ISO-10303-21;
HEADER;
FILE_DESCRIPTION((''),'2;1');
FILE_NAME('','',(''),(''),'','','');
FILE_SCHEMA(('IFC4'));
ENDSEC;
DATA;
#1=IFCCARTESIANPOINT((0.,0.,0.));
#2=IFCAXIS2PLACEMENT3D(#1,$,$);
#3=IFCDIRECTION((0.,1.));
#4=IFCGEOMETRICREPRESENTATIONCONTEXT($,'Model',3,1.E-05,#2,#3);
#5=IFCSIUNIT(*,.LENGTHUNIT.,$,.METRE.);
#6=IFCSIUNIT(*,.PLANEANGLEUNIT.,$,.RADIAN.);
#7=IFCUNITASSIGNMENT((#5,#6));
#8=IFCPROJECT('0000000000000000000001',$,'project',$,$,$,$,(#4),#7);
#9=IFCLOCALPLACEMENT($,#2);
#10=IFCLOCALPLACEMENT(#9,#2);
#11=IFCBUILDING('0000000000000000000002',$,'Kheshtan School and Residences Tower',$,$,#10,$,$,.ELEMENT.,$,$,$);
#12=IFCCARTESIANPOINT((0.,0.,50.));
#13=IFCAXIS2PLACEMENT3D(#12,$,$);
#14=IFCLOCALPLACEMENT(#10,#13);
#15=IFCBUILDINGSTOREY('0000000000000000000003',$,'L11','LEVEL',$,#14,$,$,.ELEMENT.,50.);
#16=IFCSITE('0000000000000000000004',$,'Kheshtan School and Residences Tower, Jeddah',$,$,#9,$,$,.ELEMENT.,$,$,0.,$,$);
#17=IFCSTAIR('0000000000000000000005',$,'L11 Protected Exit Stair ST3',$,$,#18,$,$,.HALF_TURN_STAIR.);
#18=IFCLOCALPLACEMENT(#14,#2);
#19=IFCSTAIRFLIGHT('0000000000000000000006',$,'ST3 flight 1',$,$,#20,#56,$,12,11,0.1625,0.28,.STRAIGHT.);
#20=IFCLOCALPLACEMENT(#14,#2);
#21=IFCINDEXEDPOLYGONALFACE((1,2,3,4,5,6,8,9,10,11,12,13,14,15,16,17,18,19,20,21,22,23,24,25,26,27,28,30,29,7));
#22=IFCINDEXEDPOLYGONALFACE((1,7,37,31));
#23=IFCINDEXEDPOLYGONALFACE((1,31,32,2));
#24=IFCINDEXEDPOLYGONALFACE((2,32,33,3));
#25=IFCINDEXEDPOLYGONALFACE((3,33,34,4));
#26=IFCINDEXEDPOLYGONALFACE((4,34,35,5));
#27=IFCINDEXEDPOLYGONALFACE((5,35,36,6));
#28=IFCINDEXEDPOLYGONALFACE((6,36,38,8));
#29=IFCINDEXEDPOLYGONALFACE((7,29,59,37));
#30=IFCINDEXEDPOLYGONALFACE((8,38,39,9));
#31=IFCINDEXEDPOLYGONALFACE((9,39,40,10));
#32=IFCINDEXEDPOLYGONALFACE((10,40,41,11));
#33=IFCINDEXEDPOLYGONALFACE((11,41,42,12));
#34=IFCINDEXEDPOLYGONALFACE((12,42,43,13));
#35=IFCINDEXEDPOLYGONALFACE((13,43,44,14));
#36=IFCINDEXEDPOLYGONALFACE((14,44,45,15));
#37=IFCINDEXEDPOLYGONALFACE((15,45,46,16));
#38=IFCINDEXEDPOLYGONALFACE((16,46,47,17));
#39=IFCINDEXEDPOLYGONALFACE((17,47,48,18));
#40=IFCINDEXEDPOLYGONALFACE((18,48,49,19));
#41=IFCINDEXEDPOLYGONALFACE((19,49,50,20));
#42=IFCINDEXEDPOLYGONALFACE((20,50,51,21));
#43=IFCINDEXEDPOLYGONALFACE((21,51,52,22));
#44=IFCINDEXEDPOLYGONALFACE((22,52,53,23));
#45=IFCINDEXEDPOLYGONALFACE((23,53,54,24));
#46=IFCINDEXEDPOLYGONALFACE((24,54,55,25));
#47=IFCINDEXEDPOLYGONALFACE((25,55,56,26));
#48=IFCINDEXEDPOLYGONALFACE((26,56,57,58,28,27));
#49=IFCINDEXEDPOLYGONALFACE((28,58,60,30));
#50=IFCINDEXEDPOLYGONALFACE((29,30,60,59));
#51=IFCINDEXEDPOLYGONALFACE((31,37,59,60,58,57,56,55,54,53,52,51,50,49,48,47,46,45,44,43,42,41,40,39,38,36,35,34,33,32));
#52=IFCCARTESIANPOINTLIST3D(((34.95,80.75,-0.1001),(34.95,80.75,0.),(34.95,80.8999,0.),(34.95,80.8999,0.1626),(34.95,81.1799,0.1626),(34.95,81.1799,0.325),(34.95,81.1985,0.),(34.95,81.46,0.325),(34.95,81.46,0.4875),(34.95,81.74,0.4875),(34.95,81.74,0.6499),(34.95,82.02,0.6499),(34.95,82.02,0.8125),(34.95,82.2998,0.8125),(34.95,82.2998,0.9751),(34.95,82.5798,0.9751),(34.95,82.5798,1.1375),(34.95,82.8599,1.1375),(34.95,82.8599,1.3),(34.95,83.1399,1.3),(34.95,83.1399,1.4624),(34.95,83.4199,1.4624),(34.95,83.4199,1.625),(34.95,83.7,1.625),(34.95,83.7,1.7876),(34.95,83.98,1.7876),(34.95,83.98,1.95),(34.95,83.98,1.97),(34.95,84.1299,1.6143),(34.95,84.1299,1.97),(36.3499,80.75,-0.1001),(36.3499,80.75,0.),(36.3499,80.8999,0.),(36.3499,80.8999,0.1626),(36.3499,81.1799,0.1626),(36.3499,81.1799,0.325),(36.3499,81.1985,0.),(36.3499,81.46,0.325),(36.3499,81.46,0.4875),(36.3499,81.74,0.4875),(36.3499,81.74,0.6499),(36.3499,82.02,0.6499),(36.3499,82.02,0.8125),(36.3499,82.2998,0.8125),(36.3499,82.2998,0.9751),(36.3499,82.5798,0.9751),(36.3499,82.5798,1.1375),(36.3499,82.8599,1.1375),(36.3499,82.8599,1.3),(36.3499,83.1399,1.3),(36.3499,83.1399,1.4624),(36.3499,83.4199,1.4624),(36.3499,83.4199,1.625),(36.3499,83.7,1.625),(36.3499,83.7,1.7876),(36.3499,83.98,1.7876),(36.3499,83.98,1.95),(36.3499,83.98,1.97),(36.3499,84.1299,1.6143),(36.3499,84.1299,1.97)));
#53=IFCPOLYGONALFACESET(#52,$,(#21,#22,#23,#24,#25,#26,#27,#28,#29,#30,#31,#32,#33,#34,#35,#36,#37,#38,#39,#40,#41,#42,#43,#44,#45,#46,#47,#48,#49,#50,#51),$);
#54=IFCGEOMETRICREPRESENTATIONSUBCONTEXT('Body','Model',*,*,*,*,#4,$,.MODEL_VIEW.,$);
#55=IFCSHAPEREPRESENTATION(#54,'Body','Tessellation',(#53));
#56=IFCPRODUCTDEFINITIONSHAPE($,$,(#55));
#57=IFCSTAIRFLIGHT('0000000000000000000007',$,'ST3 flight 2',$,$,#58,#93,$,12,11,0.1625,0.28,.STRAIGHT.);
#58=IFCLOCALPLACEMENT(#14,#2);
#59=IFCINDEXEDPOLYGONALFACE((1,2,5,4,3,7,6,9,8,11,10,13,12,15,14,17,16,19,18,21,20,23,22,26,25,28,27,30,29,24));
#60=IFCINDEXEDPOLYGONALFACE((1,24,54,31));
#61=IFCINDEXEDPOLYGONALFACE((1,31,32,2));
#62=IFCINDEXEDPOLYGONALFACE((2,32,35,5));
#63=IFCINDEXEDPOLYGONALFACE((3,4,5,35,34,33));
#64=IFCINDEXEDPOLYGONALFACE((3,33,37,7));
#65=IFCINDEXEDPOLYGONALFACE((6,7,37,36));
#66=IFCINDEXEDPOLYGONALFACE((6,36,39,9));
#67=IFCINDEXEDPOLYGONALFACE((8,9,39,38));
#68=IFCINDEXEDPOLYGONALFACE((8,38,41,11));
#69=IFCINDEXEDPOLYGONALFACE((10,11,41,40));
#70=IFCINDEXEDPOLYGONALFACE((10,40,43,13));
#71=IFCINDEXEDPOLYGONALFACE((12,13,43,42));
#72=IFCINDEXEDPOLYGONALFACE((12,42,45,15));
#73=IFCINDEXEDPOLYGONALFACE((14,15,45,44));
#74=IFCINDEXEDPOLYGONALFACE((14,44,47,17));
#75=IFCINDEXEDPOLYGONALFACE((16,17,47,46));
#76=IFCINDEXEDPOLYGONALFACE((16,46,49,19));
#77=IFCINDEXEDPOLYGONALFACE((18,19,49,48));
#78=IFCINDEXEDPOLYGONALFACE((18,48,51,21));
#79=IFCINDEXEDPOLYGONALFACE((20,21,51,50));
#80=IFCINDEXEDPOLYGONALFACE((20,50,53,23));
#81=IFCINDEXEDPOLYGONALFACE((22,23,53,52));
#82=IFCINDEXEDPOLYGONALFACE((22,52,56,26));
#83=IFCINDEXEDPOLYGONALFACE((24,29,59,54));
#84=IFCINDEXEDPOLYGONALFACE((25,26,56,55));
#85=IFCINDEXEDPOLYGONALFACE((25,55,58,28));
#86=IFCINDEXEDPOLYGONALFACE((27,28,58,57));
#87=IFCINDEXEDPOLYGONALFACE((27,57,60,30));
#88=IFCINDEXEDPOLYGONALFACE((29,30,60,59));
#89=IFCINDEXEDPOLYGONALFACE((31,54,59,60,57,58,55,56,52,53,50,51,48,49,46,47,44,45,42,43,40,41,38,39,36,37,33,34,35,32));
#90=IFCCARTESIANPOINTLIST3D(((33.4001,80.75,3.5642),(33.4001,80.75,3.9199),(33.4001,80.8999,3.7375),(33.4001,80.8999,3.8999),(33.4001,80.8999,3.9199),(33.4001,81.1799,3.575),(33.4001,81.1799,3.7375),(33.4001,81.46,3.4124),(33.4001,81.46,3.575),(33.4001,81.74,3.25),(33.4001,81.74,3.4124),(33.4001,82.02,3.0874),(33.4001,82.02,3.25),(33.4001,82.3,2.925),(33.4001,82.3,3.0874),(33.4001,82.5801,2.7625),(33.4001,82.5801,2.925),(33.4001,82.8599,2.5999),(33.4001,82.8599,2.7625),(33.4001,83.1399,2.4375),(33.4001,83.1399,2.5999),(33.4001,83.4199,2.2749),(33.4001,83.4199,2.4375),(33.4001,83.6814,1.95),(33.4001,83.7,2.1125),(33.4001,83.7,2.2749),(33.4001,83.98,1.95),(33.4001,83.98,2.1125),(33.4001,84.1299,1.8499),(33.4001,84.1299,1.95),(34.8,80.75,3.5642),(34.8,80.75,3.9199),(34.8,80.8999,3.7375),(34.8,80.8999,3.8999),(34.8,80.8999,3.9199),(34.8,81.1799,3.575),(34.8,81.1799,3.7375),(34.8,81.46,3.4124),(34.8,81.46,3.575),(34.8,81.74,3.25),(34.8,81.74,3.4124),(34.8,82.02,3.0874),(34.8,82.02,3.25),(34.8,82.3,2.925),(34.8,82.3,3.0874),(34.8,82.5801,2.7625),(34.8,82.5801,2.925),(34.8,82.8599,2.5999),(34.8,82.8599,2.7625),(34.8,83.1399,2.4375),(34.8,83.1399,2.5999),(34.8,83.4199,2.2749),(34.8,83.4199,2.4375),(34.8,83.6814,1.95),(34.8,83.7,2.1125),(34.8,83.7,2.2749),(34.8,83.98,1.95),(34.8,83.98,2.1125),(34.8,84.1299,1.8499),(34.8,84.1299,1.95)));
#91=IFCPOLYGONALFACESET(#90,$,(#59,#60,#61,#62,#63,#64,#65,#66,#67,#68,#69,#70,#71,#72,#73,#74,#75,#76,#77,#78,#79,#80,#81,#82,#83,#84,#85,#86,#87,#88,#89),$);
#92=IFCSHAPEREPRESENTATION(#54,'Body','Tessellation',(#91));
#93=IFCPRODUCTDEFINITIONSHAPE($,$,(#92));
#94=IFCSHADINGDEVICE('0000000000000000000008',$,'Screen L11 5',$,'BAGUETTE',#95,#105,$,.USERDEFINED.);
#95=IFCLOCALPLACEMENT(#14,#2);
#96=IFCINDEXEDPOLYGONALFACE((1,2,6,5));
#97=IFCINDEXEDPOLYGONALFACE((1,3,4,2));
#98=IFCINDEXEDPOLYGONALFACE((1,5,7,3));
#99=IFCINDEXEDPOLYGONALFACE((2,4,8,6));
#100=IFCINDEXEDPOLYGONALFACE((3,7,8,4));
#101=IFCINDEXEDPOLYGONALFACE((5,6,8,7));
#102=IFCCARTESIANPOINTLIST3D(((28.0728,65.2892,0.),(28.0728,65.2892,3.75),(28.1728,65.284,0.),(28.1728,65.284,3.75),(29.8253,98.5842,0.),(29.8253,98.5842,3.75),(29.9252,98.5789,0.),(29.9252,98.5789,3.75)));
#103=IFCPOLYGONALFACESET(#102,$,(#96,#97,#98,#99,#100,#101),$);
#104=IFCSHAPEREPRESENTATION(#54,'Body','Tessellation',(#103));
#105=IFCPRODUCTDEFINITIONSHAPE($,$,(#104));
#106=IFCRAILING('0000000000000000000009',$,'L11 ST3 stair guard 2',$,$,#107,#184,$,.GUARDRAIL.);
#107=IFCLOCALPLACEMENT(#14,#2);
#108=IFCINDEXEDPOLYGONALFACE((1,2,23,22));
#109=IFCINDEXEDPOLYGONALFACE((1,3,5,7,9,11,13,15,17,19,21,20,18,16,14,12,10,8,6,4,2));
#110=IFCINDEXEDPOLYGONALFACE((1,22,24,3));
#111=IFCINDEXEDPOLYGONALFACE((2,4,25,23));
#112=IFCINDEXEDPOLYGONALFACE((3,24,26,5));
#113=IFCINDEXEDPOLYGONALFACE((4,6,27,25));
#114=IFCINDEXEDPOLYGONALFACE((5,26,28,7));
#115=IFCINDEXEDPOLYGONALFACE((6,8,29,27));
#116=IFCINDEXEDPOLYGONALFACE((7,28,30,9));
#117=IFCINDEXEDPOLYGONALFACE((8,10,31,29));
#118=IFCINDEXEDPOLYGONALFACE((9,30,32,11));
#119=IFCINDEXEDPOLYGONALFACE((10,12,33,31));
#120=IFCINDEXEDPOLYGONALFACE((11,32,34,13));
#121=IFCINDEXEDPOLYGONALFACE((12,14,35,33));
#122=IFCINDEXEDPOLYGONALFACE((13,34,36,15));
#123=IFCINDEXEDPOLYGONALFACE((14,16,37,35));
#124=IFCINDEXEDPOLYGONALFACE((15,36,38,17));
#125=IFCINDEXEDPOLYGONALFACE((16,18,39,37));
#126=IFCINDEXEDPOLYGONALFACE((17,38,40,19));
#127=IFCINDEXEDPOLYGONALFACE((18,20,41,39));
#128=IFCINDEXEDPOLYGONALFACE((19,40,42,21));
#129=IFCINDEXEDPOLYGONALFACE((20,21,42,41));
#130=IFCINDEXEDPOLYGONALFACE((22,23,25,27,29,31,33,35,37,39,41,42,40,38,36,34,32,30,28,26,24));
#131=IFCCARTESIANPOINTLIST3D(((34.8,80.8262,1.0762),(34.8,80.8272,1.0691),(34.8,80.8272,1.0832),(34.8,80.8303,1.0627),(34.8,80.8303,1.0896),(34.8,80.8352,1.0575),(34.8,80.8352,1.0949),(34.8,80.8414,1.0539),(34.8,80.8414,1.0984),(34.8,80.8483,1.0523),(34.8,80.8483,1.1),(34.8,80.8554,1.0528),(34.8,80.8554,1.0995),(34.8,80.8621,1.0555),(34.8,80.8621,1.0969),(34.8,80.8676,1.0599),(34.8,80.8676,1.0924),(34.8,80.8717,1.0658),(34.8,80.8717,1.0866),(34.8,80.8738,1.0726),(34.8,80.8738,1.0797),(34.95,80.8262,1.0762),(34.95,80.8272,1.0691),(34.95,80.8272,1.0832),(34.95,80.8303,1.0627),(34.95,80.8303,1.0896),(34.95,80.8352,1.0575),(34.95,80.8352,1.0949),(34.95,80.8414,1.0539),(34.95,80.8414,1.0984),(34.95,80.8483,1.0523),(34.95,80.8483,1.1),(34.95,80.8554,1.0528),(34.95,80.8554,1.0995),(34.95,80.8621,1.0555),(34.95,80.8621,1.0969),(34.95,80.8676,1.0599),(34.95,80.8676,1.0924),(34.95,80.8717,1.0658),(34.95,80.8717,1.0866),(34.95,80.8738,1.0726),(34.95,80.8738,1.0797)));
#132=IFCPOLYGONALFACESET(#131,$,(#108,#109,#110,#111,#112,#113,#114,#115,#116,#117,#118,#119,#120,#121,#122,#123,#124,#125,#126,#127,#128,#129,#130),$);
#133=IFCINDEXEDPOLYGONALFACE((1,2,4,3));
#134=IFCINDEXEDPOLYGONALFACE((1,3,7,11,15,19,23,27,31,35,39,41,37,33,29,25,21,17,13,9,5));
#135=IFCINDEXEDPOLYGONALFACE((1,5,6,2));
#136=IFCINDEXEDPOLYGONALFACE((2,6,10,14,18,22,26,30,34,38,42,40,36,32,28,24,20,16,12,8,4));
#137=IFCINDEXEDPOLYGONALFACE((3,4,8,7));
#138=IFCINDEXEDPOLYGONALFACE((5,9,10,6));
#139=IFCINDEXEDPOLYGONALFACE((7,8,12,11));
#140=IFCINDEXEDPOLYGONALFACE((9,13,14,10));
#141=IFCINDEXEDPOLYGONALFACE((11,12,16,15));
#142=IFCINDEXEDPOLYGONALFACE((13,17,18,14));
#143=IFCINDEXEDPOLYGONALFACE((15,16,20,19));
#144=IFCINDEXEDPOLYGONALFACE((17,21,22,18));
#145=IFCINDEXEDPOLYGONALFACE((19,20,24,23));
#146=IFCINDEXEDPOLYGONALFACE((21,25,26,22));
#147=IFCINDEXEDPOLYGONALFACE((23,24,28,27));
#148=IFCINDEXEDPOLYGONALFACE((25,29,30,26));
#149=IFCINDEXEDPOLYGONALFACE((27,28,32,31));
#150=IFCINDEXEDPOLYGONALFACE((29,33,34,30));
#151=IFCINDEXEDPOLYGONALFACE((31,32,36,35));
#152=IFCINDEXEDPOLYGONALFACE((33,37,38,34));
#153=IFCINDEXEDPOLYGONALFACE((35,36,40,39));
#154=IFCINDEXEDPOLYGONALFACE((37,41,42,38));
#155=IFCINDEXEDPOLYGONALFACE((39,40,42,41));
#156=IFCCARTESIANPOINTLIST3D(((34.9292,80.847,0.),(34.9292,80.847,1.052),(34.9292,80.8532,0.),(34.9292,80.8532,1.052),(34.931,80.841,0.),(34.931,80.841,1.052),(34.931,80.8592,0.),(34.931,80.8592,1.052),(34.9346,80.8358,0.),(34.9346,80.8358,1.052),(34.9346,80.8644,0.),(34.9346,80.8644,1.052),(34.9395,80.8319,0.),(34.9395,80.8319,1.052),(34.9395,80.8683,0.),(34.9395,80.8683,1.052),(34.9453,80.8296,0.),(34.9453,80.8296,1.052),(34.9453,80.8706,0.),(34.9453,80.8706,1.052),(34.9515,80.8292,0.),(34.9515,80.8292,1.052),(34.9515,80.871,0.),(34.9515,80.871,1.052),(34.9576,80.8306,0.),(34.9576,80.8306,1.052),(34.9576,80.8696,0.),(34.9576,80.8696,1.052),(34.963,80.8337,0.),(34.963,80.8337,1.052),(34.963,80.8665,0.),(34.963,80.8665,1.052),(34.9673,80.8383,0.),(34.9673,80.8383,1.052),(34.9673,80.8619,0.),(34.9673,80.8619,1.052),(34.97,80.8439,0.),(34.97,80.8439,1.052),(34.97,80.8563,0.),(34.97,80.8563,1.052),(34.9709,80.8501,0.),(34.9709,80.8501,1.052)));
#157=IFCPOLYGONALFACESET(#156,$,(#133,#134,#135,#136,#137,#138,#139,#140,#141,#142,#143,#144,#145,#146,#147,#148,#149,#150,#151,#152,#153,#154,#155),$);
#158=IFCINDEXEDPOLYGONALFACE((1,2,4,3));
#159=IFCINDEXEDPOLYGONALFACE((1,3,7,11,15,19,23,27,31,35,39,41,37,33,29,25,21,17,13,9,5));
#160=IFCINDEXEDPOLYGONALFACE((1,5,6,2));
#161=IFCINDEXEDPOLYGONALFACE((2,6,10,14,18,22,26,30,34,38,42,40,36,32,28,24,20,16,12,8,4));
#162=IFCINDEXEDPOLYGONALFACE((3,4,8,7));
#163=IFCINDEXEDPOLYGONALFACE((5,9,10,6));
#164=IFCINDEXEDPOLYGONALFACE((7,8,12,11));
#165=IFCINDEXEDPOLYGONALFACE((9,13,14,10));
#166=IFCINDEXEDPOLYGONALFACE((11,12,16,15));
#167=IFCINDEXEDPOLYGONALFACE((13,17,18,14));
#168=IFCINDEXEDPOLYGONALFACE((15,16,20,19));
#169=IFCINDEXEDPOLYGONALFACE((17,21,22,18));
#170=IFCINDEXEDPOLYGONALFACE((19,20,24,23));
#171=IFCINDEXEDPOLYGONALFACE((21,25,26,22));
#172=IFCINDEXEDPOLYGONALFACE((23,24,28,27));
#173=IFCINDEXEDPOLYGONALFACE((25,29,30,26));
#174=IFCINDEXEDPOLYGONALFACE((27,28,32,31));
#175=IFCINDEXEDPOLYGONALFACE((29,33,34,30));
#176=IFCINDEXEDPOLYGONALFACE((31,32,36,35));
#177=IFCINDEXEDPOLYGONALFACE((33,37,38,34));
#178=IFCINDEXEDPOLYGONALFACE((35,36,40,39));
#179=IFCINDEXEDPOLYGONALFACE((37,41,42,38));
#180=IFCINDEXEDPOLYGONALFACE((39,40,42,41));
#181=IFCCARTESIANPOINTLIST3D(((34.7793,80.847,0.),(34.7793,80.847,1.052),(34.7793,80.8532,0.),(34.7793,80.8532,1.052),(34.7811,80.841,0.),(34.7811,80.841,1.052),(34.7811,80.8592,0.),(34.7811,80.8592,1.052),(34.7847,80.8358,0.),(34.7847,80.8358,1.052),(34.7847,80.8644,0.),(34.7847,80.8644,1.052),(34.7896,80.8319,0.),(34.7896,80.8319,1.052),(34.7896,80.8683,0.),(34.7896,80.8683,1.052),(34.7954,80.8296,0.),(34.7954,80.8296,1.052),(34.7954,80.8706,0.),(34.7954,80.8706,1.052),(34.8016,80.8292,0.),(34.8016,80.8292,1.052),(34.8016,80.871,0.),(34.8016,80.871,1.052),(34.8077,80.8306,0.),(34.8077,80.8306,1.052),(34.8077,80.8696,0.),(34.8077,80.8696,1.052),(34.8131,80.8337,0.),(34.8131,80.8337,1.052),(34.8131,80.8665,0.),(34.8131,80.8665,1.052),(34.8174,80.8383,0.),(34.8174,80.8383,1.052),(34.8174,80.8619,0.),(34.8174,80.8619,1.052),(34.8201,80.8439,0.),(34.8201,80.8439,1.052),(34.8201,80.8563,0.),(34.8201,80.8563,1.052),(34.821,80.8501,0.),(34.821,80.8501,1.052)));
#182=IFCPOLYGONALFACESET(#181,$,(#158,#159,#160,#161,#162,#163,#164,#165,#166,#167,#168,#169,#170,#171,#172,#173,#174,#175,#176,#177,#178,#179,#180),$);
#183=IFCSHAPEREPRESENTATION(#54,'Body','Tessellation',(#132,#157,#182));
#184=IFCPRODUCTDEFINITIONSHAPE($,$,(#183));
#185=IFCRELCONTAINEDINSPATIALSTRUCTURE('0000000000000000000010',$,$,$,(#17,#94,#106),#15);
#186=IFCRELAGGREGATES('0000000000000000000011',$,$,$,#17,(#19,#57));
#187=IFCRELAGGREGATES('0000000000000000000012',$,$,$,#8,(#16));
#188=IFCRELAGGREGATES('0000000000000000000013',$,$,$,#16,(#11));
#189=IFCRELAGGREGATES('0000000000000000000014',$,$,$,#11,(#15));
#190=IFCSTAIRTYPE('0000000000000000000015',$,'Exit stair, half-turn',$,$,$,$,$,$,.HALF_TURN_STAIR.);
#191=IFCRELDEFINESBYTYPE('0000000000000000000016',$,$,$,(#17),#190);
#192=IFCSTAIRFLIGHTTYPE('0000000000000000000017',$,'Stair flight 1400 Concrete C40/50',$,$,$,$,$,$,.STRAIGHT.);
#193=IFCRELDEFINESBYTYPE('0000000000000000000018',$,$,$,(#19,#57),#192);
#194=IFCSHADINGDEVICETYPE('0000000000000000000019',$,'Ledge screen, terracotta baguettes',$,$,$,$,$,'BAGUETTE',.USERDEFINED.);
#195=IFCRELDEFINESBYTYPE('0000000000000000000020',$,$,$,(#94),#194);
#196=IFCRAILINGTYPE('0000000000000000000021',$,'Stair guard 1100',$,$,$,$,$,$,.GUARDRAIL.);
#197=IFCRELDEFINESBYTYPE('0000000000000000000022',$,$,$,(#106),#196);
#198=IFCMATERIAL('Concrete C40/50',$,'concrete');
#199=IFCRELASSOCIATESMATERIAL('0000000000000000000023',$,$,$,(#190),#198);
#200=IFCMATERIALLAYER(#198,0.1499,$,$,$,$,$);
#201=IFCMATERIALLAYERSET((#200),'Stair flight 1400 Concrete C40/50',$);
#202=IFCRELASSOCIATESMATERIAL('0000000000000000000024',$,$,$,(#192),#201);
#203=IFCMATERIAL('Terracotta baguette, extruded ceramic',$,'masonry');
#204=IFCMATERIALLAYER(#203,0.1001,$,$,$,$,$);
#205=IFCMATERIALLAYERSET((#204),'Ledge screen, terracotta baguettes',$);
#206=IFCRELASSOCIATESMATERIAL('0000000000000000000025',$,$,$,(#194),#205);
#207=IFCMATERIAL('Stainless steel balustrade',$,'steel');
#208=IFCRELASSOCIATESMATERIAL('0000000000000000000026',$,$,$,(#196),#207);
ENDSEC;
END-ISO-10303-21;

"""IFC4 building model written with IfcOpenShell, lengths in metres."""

from ifc_helpers import new_model, si_unit, direction, frame, origin, origin_2d, place, context, subcontext, project, spatial, polyline, rectangle, circle, outline, extrude, material, layer, layer_set, type_object, element, aggregate, save


model = new_model("IFC4")

# Units and contexts
model_context = context("Model", 3, precision=1e-05, world=origin(), true_north=direction((0.0, 1.0)))
body_context = subcontext(model_context, "Body", "Model", "MODEL_VIEW")
ifc_project = project(units=[si_unit("LENGTHUNIT", "METRE"), si_unit("PLANEANGLEUNIT", "RADIAN")], contexts=[model_context])

# Site, building, storey
site_placement = place(None, origin())
site = spatial("IfcSite", under=ifc_project, at=site_placement, Name="Kheshtan School and Residences Tower, Jeddah", CompositionType="ELEMENT", RefElevation=0.0)
building_placement = place(site_placement, origin())
building = spatial("IfcBuilding", under=site, at=building_placement, Name="Kheshtan School and Residences Tower", CompositionType="ELEMENT")
storey_placement = place(building_placement, frame((0.0, 0.0, 50.0)))
storey = spatial("IfcBuildingStorey", under=building, at=storey_placement, Name="L11", Description="LEVEL", CompositionType="ELEMENT", Elevation=50.0)

# Shared definitions
ifc_material_1 = material(Name="Concrete C40/50", Category="concrete")

# Stair, stair flights
stair_type = type_object("IfcStairType", Name="Exit stair, half-turn", PredefinedType="HALF_TURN_STAIR", material=ifc_material_1)
stair_placement = place(storey_placement, origin())
stair = element("IfcStair", 1, at=stair_placement, inside=storey, type_object=stair_type, Name="L11 Protected Exit Stair ST3", PredefinedType="HALF_TURN_STAIR")
ifc_layer_1 = layer(ifc_material_1, 0.1499)
ifc_layer_set_1 = layer_set([ifc_layer_1], Name="Stair flight 1400 Concrete C40/50")
stair_flight_type = type_object("IfcStairFlightType", Name="Stair flight 1400 Concrete C40/50", PredefinedType="STRAIGHT", material=ifc_layer_set_1)
stair_flight_1_placement = place(storey_placement, frame((35.6499, 80.8999, 0.0), z_axis=(0.0, 0.0, 1.0), x_axis=(0.0, 1.0, 0.0)))
stair_flight_1 = element("IfcStairFlight", 2, at=stair_flight_1_placement, type_object=stair_flight_type, Name="ST3 flight 1", NumberOfRisers=12, NumberOfTreads=11, PredefinedType="STRAIGHT", RiserHeight=0.1625, TreadLength=0.28, context=body_context, shape_type="SweptSolid", body=[
    extrude(outline(polyline([(-0.1499, -0.1001), (-0.1499, 0.0), (0.0, 0.0), (0.0, 0.1626), (0.28, 0.1626), (0.28, 0.325), (0.5601, 0.325), (0.5601, 0.4875), (0.8401, 0.4875), (0.8401, 0.6499), (1.1201, 0.6499), (1.1201, 0.8125), (1.3999, 0.8125), (1.3999, 0.9751), (1.6799, 0.9751), (1.6799, 1.1375), (1.96, 1.1375), (1.96, 1.3), (2.24, 1.3), (2.24, 1.4624), (2.52, 1.4624), (2.52, 1.625), (2.8, 1.625), (2.8, 1.7876), (3.0801, 1.7876), (3.0801, 1.95), (3.0801, 1.97), (3.23, 1.97), (3.23, 1.6143), (0.2986, 0.0), (-0.1499, -0.1001)])), frame((0.0, 0.7, 0.0), z_axis=(0.0, -1.0, 0.0), x_axis=(1.0, 0.0, 0.0)), (0.0, 0.0, 1.0), 1.3999),
])
stair_flight_2_placement = place(storey_placement, frame((34.1001, 83.98, 1.95), z_axis=(0.0, 0.0, 1.0), x_axis=(0.0, -1.0, 0.0)))
stair_flight_2 = element("IfcStairFlight", 3, at=stair_flight_2_placement, type_object=stair_flight_type, Name="ST3 flight 2", NumberOfRisers=12, NumberOfTreads=11, PredefinedType="STRAIGHT", RiserHeight=0.1625, TreadLength=0.28, context=body_context, shape_type="SweptSolid", body=[
    extrude(outline(polyline([(-0.1499, -0.1001), (-0.1499, 0.0), (0.0, 0.0), (0.0, 0.1626), (0.28, 0.1626), (0.28, 0.325), (0.5601, 0.325), (0.5601, 0.4875), (0.8401, 0.4875), (0.8401, 0.6499), (1.1201, 0.6499), (1.1201, 0.8125), (1.3999, 0.8125), (1.3999, 0.9751), (1.6799, 0.9751), (1.6799, 1.1375), (1.96, 1.1375), (1.96, 1.3), (2.24, 1.3), (2.24, 1.4624), (2.52, 1.4624), (2.52, 1.625), (2.8, 1.625), (2.8, 1.7876), (3.0801, 1.7876), (3.0801, 1.95), (3.0801, 1.97), (3.23, 1.97), (3.23, 1.6143), (0.2986, 0.0), (-0.1499, -0.1001)])), frame((0.0, 0.7, 0.0), z_axis=(0.0, -1.0, 0.0), x_axis=(1.0, 0.0, 0.0)), (0.0, 0.0, 1.0), 1.3999),
])
aggregate(stair, [stair_flight_1, stair_flight_2])

# Shading device
ifc_material_2 = material(Name="Terracotta baguette, extruded ceramic", Category="masonry")
ifc_layer_2 = layer(ifc_material_2, 0.1001)
ifc_layer_set_2 = layer_set([ifc_layer_2], Name="Ledge screen, terracotta baguettes")
shading_device_type = type_object("IfcShadingDeviceType", Name="Ledge screen, terracotta baguettes", ElementType="BAGUETTE", PredefinedType="USERDEFINED", material=ifc_layer_set_2)
shading_device_placement = place(storey_placement, frame((28.999, 81.9341, 0.0), z_axis=(0.0, 0.0, 1.0), x_axis=(0.052563, 0.998618, 0.0)))
element("IfcShadingDevice", 4, at=shading_device_placement, inside=storey, type_object=shading_device_type, Name="Screen L11 5", ObjectType="BAGUETTE", PredefinedType="USERDEFINED", context=body_context, shape_type="SweptSolid", body=[
    extrude(rectangle(XDim=33.3411, YDim=0.1001, at=origin_2d()), origin(), (0.0, 0.0, 1.0), 3.75),
])

# Railing
ifc_material_3 = material(Name="Stainless steel balustrade", Category="steel")
railing_type_1 = type_object("IfcRailingType", Name="Stair guard 1100", PredefinedType="GUARDRAIL", material=ifc_material_3)
railing_1_placement = place(storey_placement, frame((34.95, 80.8501, 0.0)))
element("IfcRailing", 5, at=railing_1_placement, inside=storey, type_object=railing_type_1, Name="L11 ST3 stair guard 2", PredefinedType="GUARDRAIL", context=body_context, shape_type="SweptSolid", body=[
    extrude(circle(Radius=0.0239, at=origin_2d()), frame((0.0, 0.0, 1.0762), z_axis=(-1.0, 0.0, 0.0), x_axis=(0.0, -1.0, 0.0)), (0.0, 0.0, 1.0), 0.1499),
    extrude(circle(Radius=0.021, at=origin_2d()), origin(), (0.0, 0.0, 1.0), 1.052),
    extrude(circle(Radius=0.021, at=origin_2d()), frame((-0.1499, 0.0, 0.0)), (0.0, 0.0, 1.0), 1.052),
])

save(model, "model.ifc")
